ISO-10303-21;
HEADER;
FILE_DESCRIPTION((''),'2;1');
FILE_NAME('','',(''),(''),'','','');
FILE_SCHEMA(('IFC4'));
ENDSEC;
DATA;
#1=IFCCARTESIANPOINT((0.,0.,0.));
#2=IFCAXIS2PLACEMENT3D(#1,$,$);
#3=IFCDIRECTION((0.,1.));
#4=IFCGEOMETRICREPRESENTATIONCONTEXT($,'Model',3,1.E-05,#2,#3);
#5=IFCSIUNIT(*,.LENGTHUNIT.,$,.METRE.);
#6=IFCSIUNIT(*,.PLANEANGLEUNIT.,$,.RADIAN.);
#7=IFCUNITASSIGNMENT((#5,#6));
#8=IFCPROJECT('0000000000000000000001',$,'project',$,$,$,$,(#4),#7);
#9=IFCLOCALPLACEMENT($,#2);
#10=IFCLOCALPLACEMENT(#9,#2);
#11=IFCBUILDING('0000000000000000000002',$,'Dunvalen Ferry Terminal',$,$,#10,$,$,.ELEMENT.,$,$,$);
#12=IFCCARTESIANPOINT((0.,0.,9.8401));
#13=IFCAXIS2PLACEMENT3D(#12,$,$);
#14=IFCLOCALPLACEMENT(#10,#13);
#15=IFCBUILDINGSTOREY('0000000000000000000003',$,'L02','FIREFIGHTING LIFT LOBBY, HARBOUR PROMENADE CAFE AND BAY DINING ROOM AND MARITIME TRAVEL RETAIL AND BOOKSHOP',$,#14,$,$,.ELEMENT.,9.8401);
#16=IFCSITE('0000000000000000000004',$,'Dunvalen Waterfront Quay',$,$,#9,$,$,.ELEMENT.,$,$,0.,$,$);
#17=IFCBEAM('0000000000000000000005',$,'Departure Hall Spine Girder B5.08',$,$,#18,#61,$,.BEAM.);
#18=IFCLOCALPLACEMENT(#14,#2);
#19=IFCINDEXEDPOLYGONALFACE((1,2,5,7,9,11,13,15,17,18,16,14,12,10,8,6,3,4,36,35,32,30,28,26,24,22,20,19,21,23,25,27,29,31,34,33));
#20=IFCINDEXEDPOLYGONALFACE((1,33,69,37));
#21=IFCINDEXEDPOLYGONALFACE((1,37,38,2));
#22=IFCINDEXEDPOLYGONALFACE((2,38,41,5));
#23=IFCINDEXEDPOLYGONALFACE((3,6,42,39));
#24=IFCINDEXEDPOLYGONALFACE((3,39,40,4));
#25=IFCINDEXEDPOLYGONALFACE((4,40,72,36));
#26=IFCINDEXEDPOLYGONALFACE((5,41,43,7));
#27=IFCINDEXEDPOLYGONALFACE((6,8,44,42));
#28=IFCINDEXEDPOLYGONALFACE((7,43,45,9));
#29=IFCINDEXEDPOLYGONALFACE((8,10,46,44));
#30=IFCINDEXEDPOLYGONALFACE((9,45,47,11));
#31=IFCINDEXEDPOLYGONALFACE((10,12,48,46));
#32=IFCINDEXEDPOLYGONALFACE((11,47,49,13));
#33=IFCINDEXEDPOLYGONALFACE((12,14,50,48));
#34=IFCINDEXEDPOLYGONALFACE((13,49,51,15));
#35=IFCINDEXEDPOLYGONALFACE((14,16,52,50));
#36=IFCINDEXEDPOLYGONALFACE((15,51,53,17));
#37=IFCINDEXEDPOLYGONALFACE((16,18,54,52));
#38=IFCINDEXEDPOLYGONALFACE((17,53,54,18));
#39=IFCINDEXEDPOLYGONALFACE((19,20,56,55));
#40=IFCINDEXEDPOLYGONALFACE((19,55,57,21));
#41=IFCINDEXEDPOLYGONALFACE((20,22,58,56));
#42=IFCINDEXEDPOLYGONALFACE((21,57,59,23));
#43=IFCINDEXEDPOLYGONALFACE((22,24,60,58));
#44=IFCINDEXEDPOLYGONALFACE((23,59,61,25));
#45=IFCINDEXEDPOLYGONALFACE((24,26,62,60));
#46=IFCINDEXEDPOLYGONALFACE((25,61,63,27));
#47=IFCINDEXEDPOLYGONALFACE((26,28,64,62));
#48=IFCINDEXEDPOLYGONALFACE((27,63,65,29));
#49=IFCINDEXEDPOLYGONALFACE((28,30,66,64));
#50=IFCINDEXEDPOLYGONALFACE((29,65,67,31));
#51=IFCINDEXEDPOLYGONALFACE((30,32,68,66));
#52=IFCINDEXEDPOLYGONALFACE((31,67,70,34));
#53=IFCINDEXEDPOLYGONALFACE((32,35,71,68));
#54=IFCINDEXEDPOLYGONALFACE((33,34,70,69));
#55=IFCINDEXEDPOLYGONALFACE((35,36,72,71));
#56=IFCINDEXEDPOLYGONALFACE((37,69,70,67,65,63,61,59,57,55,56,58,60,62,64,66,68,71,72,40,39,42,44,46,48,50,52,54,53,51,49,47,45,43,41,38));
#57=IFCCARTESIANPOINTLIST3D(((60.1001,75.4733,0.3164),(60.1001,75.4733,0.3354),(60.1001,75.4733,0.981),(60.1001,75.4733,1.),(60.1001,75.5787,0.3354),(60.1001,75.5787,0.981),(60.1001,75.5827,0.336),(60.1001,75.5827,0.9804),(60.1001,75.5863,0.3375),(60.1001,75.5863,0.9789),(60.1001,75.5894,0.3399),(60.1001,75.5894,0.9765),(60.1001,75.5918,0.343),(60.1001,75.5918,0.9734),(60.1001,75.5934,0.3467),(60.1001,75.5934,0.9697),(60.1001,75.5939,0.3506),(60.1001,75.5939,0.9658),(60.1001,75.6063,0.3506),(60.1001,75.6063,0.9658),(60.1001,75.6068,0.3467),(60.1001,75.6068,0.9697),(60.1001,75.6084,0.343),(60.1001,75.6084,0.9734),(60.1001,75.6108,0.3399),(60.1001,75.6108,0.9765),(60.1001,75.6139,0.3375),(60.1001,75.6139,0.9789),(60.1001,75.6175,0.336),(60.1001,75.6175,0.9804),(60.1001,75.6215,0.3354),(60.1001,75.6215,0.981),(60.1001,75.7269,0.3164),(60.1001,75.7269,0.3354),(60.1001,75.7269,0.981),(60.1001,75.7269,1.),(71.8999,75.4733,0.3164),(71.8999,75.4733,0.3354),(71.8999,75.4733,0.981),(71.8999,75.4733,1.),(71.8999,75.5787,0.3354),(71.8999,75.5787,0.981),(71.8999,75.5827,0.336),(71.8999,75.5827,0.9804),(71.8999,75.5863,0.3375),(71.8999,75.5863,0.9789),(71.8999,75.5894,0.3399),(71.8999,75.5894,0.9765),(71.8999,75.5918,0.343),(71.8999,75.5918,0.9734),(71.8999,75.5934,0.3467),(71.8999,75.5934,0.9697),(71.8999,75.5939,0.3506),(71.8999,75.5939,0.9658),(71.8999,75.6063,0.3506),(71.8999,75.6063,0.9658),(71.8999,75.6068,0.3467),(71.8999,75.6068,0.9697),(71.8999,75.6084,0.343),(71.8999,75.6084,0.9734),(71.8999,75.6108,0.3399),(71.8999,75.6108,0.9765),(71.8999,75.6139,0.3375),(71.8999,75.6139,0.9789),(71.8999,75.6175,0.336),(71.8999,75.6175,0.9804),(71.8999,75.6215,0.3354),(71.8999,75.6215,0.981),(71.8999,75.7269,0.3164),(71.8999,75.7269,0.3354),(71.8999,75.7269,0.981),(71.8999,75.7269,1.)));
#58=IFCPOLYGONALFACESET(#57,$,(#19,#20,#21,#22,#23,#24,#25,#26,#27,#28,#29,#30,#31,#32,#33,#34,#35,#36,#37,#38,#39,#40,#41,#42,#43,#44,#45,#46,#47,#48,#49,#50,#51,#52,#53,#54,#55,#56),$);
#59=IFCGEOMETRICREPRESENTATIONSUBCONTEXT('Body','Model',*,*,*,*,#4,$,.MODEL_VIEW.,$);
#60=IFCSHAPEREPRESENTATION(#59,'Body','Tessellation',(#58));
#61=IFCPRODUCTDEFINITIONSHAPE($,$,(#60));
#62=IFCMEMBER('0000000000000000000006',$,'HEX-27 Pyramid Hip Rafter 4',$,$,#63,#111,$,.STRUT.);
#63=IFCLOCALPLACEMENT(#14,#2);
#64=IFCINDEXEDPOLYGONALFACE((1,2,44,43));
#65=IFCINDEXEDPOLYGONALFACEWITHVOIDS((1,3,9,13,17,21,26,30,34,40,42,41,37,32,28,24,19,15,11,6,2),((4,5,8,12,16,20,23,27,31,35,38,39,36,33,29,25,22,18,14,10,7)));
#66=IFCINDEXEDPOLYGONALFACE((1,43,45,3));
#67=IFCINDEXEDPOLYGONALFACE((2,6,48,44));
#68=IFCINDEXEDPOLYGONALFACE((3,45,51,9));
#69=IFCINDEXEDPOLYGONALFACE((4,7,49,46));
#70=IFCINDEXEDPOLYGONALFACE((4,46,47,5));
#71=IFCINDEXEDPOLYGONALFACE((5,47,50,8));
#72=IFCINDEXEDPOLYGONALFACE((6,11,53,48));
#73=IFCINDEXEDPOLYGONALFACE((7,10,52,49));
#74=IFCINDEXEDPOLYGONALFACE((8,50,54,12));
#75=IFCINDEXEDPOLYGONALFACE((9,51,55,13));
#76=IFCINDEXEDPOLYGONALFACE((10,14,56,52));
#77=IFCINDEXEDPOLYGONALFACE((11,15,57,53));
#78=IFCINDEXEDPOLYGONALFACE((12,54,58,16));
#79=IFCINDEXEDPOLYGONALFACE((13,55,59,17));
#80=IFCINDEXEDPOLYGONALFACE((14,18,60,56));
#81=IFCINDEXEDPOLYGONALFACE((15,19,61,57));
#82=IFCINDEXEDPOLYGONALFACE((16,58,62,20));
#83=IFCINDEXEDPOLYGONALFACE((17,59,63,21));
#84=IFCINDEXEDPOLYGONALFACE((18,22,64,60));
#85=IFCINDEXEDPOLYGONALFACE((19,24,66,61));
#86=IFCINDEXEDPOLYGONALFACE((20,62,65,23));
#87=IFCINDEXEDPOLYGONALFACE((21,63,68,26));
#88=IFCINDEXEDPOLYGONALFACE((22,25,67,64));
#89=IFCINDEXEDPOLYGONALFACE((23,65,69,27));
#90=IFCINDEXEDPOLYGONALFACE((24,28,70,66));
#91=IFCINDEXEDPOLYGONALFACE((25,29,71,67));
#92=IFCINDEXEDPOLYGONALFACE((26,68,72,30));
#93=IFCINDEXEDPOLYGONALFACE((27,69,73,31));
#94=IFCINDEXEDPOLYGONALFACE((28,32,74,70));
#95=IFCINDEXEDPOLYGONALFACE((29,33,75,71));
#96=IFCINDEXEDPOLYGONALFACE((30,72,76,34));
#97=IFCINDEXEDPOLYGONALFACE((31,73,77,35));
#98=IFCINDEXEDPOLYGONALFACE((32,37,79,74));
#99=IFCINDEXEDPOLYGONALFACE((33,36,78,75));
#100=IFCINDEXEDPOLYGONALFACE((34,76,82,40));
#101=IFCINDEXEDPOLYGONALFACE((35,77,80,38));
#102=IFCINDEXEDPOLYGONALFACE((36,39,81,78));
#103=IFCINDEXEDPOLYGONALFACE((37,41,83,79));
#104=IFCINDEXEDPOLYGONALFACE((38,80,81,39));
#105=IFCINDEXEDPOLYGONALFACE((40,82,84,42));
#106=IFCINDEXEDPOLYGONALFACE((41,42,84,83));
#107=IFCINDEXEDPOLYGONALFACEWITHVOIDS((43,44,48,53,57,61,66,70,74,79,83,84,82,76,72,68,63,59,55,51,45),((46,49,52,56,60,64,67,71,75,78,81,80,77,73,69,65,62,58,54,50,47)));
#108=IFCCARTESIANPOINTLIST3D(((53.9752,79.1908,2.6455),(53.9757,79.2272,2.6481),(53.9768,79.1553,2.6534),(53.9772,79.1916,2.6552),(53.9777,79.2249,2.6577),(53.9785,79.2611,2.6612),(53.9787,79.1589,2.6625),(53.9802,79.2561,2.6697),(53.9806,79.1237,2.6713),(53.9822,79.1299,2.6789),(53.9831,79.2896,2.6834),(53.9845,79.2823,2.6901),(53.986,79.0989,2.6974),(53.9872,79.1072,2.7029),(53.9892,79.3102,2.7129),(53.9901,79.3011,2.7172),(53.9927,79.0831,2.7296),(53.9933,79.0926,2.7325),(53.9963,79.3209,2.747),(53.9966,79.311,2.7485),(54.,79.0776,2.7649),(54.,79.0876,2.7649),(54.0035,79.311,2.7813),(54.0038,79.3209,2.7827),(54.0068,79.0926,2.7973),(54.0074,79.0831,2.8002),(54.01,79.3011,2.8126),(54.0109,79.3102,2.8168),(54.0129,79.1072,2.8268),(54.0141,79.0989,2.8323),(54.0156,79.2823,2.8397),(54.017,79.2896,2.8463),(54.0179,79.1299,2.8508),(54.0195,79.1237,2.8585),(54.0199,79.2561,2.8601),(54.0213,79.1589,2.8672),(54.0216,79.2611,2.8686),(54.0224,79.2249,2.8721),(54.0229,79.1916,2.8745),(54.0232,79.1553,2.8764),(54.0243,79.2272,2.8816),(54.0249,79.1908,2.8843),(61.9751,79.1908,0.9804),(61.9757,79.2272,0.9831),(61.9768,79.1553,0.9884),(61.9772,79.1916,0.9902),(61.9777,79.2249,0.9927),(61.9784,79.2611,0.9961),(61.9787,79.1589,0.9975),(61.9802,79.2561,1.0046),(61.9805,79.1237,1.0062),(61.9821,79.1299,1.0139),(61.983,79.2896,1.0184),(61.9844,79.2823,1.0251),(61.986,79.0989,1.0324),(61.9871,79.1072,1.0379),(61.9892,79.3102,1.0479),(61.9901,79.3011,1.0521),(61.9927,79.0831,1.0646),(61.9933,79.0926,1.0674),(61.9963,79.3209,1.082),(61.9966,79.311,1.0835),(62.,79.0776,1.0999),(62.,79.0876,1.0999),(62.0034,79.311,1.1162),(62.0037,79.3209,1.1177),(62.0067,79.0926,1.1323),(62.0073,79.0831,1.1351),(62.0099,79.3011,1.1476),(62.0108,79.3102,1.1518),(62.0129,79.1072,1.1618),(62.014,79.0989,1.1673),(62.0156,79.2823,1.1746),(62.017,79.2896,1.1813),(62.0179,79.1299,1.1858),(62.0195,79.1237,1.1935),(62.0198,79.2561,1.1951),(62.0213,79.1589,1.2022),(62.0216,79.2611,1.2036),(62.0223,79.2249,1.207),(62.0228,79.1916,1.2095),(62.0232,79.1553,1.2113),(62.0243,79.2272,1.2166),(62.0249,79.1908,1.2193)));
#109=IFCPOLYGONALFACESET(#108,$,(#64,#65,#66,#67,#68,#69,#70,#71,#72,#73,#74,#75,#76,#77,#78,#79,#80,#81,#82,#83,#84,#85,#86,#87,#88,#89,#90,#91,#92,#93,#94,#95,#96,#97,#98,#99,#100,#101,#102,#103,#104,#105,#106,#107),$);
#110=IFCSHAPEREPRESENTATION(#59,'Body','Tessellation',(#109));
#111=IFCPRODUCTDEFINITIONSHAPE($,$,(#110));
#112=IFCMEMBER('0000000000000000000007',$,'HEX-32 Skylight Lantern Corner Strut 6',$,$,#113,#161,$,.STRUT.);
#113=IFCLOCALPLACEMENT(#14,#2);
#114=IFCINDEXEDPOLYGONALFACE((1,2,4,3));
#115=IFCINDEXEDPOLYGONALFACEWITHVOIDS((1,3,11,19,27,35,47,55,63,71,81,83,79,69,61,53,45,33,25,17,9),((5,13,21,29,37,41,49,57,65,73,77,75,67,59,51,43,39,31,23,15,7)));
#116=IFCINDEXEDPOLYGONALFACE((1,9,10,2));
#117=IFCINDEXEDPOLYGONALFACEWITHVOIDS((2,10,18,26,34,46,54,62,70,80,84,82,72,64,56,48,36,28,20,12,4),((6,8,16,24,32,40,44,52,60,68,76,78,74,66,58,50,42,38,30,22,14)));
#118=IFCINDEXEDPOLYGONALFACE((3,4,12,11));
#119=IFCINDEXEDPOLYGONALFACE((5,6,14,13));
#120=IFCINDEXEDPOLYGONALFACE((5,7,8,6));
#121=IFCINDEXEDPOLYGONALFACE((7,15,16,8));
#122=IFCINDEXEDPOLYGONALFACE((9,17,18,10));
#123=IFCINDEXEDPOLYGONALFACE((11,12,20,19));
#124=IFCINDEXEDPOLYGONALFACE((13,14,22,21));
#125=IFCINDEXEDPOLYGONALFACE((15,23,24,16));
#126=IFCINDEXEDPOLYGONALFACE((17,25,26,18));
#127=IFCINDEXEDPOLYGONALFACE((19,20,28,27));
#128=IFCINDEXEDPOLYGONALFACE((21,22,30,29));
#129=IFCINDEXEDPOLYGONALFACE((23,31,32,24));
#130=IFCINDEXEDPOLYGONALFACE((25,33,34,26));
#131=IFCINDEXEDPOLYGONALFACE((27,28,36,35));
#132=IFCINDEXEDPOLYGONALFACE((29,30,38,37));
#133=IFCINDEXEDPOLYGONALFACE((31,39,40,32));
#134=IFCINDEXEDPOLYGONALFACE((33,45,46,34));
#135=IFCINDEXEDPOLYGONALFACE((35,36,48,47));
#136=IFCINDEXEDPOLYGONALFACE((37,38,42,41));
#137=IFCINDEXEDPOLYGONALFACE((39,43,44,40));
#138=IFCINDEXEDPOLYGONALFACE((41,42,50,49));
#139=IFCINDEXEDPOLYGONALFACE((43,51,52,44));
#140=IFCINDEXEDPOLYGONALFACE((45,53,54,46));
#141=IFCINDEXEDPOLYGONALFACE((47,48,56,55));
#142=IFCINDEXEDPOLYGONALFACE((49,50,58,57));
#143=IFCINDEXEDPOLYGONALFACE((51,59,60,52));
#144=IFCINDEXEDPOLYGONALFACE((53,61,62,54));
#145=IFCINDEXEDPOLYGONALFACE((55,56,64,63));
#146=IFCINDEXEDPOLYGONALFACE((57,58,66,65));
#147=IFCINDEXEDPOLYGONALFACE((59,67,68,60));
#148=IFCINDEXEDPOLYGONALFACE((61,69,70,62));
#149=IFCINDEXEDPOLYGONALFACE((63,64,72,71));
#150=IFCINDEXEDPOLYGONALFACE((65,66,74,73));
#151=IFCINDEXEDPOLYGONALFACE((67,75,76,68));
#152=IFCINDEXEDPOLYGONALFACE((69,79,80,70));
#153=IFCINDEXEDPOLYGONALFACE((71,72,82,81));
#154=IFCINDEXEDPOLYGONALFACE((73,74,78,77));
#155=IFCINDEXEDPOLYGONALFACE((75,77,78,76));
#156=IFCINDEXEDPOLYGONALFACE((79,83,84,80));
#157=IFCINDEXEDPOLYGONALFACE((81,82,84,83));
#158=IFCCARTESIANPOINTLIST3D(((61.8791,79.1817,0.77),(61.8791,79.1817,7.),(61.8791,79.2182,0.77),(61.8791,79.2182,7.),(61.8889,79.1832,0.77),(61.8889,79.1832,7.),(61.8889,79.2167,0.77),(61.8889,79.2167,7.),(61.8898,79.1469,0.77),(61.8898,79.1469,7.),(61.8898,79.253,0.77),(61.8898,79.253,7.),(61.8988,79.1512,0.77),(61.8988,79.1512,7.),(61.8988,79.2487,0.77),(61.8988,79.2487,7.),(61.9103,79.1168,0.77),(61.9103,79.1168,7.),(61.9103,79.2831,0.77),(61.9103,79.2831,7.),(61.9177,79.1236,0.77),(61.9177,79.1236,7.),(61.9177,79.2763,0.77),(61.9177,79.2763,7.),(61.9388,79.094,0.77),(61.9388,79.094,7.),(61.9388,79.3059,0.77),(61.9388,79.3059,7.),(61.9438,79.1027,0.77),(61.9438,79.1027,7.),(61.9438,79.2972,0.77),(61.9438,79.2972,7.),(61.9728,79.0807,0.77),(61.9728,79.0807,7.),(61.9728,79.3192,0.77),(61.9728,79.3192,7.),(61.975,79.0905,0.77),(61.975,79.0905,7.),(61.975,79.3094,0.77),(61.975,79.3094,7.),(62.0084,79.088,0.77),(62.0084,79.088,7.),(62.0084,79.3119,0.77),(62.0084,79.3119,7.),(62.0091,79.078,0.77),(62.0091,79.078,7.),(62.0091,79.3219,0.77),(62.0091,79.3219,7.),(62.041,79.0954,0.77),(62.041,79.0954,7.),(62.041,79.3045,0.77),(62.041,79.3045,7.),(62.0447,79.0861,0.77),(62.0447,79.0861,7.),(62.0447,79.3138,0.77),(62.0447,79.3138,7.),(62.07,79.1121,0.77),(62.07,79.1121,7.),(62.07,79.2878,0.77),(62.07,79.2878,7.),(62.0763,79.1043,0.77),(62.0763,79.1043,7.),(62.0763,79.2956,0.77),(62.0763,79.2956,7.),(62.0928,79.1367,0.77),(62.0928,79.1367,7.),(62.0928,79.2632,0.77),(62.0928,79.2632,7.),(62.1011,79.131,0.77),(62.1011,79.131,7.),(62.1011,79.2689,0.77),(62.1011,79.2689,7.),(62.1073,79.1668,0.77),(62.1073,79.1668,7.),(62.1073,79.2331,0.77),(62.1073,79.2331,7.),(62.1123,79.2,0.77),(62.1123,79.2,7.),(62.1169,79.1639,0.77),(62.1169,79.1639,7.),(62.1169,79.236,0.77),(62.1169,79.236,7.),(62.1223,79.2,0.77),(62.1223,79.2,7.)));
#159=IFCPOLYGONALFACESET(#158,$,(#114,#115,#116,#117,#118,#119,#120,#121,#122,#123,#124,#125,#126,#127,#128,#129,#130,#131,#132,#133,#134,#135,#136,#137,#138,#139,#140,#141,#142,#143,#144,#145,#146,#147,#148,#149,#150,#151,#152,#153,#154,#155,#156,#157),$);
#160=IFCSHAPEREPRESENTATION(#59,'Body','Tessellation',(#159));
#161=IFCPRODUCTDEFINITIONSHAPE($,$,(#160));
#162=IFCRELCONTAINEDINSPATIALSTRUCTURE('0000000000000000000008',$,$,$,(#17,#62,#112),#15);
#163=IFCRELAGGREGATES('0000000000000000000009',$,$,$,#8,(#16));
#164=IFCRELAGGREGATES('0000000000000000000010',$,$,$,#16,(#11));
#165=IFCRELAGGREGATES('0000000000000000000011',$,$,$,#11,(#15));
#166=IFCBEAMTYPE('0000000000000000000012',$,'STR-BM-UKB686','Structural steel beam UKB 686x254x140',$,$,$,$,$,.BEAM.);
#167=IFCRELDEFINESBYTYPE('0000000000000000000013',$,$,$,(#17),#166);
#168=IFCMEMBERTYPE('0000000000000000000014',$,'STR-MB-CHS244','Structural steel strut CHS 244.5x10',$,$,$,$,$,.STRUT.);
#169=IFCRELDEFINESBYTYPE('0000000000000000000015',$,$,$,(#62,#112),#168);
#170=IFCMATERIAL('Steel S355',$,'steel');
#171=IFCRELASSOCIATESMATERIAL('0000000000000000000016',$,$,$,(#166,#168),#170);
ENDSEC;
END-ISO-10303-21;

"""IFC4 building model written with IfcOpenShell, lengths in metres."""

from ifc_helpers import new_model, si_unit, direction, frame, origin, origin_2d, place, context, subcontext, project, spatial, hollow_circle, i_section, extrude, material, material_profile, profile_set, type_object, element, save


model = new_model("IFC4")

# Units and contexts
model_context = context("Model", 3, precision=1e-05, world=origin(), true_north=direction((0.0, 1.0)))
body_context = subcontext(model_context, "Body", "Model", "MODEL_VIEW")
ifc_project = project(units=[si_unit("LENGTHUNIT", "METRE"), si_unit("PLANEANGLEUNIT", "RADIAN")], contexts=[model_context])

# Site, building, storey
site_placement = place(None, origin())
site = spatial("IfcSite", under=ifc_project, at=site_placement, Name="Dunvalen Waterfront Quay", CompositionType="ELEMENT", RefElevation=0.0)
building_placement = place(site_placement, origin())
building = spatial("IfcBuilding", under=site, at=building_placement, Name="Dunvalen Ferry Terminal", CompositionType="ELEMENT")
storey_placement = place(building_placement, frame((0.0, 0.0, 9.8401)))
storey = spatial("IfcBuildingStorey", under=building, at=storey_placement, Name="L02", Description="FIREFIGHTING LIFT LOBBY, HARBOUR PROMENADE CAFE AND BAY DINING ROOM AND MARITIME TRAVEL RETAIL AND BOOKSHOP", CompositionType="ELEMENT", Elevation=9.8401)

# Beam
ifc_material_1 = material(Name="Steel S355", Category="steel")
ifc_material_profile_1 = material_profile(ifc_material_1, i_section(OverallWidth=0.2537, OverallDepth=0.6836, WebThickness=0.0125, FlangeThickness=0.019, FilletRadius=0.0151, at=origin_2d()), Name="Steel S355")
ifc_profile_set_1 = profile_set([ifc_material_profile_1], Name="Steel S355")
beam_type_1 = type_object("IfcBeamType", Name="STR-BM-UKB686", Description="Structural steel beam UKB 686x254x140", PredefinedType="BEAM", material=ifc_profile_set_1)
beam_1_placement = place(storey_placement, frame((60.1001, 75.6001, 0.6582), z_axis=(1.0, 0.0, 0.0), x_axis=(0.0, 1.0, 0.0)))
element("IfcBeam", 1, at=beam_1_placement, inside=storey, type_object=beam_type_1, Name="Departure Hall Spine Girder B5.08", PredefinedType="BEAM", context=body_context, shape_type="SweptSolid", body=[
    extrude(i_section(OverallWidth=0.2537, OverallDepth=0.6836, WebThickness=0.0125, FlangeThickness=0.019, FilletRadius=0.0151, at=origin_2d()), origin(), (0.0, 0.0, 1.0), 11.7998),
])

# Members
ifc_material_profile_2 = material_profile(ifc_material_1, hollow_circle(Radius=0.1223, WallThickness=0.01, at=origin_2d()), Name="Steel S355")
ifc_profile_set_2 = profile_set([ifc_material_profile_2], Name="Steel S355")
member_type_1 = type_object("IfcMemberType", Name="STR-MB-CHS244", Description="Structural steel strut CHS 244.5x10", PredefinedType="STRUT", material=ifc_profile_set_2)
member_1_placement = place(storey_placement, frame((62.0, 79.2, 1.0999), z_axis=(-0.97902, 0.0, 0.203763), x_axis=(0.0, -1.0, 0.0)))
element("IfcMember", 2, at=member_1_placement, inside=storey, type_object=member_type_1, Name="HEX-27 Pyramid Hip Rafter 4", PredefinedType="STRUT", context=body_context, shape_type="SweptSolid", body=[
    extrude(hollow_circle(Radius=0.1223, WallThickness=0.01, at=origin_2d()), origin(), (0.0, 0.0, 1.0), 8.1714),
])
member_2_placement = place(storey_placement, frame((62.0, 79.2, 0.77), z_axis=(0.0, 0.0, 1.0), x_axis=(1.0, 0.0, 0.0)))
element("IfcMember", 3, at=member_2_placement, inside=storey, type_object=member_type_1, Name="HEX-32 Skylight Lantern Corner Strut 6", PredefinedType="STRUT", context=body_context, shape_type="SweptSolid", body=[
    extrude(hollow_circle(Radius=0.1223, WallThickness=0.01, at=origin_2d()), origin(), (0.0, 0.0, 1.0), 6.23),
])

save(model, "model.ifc")
